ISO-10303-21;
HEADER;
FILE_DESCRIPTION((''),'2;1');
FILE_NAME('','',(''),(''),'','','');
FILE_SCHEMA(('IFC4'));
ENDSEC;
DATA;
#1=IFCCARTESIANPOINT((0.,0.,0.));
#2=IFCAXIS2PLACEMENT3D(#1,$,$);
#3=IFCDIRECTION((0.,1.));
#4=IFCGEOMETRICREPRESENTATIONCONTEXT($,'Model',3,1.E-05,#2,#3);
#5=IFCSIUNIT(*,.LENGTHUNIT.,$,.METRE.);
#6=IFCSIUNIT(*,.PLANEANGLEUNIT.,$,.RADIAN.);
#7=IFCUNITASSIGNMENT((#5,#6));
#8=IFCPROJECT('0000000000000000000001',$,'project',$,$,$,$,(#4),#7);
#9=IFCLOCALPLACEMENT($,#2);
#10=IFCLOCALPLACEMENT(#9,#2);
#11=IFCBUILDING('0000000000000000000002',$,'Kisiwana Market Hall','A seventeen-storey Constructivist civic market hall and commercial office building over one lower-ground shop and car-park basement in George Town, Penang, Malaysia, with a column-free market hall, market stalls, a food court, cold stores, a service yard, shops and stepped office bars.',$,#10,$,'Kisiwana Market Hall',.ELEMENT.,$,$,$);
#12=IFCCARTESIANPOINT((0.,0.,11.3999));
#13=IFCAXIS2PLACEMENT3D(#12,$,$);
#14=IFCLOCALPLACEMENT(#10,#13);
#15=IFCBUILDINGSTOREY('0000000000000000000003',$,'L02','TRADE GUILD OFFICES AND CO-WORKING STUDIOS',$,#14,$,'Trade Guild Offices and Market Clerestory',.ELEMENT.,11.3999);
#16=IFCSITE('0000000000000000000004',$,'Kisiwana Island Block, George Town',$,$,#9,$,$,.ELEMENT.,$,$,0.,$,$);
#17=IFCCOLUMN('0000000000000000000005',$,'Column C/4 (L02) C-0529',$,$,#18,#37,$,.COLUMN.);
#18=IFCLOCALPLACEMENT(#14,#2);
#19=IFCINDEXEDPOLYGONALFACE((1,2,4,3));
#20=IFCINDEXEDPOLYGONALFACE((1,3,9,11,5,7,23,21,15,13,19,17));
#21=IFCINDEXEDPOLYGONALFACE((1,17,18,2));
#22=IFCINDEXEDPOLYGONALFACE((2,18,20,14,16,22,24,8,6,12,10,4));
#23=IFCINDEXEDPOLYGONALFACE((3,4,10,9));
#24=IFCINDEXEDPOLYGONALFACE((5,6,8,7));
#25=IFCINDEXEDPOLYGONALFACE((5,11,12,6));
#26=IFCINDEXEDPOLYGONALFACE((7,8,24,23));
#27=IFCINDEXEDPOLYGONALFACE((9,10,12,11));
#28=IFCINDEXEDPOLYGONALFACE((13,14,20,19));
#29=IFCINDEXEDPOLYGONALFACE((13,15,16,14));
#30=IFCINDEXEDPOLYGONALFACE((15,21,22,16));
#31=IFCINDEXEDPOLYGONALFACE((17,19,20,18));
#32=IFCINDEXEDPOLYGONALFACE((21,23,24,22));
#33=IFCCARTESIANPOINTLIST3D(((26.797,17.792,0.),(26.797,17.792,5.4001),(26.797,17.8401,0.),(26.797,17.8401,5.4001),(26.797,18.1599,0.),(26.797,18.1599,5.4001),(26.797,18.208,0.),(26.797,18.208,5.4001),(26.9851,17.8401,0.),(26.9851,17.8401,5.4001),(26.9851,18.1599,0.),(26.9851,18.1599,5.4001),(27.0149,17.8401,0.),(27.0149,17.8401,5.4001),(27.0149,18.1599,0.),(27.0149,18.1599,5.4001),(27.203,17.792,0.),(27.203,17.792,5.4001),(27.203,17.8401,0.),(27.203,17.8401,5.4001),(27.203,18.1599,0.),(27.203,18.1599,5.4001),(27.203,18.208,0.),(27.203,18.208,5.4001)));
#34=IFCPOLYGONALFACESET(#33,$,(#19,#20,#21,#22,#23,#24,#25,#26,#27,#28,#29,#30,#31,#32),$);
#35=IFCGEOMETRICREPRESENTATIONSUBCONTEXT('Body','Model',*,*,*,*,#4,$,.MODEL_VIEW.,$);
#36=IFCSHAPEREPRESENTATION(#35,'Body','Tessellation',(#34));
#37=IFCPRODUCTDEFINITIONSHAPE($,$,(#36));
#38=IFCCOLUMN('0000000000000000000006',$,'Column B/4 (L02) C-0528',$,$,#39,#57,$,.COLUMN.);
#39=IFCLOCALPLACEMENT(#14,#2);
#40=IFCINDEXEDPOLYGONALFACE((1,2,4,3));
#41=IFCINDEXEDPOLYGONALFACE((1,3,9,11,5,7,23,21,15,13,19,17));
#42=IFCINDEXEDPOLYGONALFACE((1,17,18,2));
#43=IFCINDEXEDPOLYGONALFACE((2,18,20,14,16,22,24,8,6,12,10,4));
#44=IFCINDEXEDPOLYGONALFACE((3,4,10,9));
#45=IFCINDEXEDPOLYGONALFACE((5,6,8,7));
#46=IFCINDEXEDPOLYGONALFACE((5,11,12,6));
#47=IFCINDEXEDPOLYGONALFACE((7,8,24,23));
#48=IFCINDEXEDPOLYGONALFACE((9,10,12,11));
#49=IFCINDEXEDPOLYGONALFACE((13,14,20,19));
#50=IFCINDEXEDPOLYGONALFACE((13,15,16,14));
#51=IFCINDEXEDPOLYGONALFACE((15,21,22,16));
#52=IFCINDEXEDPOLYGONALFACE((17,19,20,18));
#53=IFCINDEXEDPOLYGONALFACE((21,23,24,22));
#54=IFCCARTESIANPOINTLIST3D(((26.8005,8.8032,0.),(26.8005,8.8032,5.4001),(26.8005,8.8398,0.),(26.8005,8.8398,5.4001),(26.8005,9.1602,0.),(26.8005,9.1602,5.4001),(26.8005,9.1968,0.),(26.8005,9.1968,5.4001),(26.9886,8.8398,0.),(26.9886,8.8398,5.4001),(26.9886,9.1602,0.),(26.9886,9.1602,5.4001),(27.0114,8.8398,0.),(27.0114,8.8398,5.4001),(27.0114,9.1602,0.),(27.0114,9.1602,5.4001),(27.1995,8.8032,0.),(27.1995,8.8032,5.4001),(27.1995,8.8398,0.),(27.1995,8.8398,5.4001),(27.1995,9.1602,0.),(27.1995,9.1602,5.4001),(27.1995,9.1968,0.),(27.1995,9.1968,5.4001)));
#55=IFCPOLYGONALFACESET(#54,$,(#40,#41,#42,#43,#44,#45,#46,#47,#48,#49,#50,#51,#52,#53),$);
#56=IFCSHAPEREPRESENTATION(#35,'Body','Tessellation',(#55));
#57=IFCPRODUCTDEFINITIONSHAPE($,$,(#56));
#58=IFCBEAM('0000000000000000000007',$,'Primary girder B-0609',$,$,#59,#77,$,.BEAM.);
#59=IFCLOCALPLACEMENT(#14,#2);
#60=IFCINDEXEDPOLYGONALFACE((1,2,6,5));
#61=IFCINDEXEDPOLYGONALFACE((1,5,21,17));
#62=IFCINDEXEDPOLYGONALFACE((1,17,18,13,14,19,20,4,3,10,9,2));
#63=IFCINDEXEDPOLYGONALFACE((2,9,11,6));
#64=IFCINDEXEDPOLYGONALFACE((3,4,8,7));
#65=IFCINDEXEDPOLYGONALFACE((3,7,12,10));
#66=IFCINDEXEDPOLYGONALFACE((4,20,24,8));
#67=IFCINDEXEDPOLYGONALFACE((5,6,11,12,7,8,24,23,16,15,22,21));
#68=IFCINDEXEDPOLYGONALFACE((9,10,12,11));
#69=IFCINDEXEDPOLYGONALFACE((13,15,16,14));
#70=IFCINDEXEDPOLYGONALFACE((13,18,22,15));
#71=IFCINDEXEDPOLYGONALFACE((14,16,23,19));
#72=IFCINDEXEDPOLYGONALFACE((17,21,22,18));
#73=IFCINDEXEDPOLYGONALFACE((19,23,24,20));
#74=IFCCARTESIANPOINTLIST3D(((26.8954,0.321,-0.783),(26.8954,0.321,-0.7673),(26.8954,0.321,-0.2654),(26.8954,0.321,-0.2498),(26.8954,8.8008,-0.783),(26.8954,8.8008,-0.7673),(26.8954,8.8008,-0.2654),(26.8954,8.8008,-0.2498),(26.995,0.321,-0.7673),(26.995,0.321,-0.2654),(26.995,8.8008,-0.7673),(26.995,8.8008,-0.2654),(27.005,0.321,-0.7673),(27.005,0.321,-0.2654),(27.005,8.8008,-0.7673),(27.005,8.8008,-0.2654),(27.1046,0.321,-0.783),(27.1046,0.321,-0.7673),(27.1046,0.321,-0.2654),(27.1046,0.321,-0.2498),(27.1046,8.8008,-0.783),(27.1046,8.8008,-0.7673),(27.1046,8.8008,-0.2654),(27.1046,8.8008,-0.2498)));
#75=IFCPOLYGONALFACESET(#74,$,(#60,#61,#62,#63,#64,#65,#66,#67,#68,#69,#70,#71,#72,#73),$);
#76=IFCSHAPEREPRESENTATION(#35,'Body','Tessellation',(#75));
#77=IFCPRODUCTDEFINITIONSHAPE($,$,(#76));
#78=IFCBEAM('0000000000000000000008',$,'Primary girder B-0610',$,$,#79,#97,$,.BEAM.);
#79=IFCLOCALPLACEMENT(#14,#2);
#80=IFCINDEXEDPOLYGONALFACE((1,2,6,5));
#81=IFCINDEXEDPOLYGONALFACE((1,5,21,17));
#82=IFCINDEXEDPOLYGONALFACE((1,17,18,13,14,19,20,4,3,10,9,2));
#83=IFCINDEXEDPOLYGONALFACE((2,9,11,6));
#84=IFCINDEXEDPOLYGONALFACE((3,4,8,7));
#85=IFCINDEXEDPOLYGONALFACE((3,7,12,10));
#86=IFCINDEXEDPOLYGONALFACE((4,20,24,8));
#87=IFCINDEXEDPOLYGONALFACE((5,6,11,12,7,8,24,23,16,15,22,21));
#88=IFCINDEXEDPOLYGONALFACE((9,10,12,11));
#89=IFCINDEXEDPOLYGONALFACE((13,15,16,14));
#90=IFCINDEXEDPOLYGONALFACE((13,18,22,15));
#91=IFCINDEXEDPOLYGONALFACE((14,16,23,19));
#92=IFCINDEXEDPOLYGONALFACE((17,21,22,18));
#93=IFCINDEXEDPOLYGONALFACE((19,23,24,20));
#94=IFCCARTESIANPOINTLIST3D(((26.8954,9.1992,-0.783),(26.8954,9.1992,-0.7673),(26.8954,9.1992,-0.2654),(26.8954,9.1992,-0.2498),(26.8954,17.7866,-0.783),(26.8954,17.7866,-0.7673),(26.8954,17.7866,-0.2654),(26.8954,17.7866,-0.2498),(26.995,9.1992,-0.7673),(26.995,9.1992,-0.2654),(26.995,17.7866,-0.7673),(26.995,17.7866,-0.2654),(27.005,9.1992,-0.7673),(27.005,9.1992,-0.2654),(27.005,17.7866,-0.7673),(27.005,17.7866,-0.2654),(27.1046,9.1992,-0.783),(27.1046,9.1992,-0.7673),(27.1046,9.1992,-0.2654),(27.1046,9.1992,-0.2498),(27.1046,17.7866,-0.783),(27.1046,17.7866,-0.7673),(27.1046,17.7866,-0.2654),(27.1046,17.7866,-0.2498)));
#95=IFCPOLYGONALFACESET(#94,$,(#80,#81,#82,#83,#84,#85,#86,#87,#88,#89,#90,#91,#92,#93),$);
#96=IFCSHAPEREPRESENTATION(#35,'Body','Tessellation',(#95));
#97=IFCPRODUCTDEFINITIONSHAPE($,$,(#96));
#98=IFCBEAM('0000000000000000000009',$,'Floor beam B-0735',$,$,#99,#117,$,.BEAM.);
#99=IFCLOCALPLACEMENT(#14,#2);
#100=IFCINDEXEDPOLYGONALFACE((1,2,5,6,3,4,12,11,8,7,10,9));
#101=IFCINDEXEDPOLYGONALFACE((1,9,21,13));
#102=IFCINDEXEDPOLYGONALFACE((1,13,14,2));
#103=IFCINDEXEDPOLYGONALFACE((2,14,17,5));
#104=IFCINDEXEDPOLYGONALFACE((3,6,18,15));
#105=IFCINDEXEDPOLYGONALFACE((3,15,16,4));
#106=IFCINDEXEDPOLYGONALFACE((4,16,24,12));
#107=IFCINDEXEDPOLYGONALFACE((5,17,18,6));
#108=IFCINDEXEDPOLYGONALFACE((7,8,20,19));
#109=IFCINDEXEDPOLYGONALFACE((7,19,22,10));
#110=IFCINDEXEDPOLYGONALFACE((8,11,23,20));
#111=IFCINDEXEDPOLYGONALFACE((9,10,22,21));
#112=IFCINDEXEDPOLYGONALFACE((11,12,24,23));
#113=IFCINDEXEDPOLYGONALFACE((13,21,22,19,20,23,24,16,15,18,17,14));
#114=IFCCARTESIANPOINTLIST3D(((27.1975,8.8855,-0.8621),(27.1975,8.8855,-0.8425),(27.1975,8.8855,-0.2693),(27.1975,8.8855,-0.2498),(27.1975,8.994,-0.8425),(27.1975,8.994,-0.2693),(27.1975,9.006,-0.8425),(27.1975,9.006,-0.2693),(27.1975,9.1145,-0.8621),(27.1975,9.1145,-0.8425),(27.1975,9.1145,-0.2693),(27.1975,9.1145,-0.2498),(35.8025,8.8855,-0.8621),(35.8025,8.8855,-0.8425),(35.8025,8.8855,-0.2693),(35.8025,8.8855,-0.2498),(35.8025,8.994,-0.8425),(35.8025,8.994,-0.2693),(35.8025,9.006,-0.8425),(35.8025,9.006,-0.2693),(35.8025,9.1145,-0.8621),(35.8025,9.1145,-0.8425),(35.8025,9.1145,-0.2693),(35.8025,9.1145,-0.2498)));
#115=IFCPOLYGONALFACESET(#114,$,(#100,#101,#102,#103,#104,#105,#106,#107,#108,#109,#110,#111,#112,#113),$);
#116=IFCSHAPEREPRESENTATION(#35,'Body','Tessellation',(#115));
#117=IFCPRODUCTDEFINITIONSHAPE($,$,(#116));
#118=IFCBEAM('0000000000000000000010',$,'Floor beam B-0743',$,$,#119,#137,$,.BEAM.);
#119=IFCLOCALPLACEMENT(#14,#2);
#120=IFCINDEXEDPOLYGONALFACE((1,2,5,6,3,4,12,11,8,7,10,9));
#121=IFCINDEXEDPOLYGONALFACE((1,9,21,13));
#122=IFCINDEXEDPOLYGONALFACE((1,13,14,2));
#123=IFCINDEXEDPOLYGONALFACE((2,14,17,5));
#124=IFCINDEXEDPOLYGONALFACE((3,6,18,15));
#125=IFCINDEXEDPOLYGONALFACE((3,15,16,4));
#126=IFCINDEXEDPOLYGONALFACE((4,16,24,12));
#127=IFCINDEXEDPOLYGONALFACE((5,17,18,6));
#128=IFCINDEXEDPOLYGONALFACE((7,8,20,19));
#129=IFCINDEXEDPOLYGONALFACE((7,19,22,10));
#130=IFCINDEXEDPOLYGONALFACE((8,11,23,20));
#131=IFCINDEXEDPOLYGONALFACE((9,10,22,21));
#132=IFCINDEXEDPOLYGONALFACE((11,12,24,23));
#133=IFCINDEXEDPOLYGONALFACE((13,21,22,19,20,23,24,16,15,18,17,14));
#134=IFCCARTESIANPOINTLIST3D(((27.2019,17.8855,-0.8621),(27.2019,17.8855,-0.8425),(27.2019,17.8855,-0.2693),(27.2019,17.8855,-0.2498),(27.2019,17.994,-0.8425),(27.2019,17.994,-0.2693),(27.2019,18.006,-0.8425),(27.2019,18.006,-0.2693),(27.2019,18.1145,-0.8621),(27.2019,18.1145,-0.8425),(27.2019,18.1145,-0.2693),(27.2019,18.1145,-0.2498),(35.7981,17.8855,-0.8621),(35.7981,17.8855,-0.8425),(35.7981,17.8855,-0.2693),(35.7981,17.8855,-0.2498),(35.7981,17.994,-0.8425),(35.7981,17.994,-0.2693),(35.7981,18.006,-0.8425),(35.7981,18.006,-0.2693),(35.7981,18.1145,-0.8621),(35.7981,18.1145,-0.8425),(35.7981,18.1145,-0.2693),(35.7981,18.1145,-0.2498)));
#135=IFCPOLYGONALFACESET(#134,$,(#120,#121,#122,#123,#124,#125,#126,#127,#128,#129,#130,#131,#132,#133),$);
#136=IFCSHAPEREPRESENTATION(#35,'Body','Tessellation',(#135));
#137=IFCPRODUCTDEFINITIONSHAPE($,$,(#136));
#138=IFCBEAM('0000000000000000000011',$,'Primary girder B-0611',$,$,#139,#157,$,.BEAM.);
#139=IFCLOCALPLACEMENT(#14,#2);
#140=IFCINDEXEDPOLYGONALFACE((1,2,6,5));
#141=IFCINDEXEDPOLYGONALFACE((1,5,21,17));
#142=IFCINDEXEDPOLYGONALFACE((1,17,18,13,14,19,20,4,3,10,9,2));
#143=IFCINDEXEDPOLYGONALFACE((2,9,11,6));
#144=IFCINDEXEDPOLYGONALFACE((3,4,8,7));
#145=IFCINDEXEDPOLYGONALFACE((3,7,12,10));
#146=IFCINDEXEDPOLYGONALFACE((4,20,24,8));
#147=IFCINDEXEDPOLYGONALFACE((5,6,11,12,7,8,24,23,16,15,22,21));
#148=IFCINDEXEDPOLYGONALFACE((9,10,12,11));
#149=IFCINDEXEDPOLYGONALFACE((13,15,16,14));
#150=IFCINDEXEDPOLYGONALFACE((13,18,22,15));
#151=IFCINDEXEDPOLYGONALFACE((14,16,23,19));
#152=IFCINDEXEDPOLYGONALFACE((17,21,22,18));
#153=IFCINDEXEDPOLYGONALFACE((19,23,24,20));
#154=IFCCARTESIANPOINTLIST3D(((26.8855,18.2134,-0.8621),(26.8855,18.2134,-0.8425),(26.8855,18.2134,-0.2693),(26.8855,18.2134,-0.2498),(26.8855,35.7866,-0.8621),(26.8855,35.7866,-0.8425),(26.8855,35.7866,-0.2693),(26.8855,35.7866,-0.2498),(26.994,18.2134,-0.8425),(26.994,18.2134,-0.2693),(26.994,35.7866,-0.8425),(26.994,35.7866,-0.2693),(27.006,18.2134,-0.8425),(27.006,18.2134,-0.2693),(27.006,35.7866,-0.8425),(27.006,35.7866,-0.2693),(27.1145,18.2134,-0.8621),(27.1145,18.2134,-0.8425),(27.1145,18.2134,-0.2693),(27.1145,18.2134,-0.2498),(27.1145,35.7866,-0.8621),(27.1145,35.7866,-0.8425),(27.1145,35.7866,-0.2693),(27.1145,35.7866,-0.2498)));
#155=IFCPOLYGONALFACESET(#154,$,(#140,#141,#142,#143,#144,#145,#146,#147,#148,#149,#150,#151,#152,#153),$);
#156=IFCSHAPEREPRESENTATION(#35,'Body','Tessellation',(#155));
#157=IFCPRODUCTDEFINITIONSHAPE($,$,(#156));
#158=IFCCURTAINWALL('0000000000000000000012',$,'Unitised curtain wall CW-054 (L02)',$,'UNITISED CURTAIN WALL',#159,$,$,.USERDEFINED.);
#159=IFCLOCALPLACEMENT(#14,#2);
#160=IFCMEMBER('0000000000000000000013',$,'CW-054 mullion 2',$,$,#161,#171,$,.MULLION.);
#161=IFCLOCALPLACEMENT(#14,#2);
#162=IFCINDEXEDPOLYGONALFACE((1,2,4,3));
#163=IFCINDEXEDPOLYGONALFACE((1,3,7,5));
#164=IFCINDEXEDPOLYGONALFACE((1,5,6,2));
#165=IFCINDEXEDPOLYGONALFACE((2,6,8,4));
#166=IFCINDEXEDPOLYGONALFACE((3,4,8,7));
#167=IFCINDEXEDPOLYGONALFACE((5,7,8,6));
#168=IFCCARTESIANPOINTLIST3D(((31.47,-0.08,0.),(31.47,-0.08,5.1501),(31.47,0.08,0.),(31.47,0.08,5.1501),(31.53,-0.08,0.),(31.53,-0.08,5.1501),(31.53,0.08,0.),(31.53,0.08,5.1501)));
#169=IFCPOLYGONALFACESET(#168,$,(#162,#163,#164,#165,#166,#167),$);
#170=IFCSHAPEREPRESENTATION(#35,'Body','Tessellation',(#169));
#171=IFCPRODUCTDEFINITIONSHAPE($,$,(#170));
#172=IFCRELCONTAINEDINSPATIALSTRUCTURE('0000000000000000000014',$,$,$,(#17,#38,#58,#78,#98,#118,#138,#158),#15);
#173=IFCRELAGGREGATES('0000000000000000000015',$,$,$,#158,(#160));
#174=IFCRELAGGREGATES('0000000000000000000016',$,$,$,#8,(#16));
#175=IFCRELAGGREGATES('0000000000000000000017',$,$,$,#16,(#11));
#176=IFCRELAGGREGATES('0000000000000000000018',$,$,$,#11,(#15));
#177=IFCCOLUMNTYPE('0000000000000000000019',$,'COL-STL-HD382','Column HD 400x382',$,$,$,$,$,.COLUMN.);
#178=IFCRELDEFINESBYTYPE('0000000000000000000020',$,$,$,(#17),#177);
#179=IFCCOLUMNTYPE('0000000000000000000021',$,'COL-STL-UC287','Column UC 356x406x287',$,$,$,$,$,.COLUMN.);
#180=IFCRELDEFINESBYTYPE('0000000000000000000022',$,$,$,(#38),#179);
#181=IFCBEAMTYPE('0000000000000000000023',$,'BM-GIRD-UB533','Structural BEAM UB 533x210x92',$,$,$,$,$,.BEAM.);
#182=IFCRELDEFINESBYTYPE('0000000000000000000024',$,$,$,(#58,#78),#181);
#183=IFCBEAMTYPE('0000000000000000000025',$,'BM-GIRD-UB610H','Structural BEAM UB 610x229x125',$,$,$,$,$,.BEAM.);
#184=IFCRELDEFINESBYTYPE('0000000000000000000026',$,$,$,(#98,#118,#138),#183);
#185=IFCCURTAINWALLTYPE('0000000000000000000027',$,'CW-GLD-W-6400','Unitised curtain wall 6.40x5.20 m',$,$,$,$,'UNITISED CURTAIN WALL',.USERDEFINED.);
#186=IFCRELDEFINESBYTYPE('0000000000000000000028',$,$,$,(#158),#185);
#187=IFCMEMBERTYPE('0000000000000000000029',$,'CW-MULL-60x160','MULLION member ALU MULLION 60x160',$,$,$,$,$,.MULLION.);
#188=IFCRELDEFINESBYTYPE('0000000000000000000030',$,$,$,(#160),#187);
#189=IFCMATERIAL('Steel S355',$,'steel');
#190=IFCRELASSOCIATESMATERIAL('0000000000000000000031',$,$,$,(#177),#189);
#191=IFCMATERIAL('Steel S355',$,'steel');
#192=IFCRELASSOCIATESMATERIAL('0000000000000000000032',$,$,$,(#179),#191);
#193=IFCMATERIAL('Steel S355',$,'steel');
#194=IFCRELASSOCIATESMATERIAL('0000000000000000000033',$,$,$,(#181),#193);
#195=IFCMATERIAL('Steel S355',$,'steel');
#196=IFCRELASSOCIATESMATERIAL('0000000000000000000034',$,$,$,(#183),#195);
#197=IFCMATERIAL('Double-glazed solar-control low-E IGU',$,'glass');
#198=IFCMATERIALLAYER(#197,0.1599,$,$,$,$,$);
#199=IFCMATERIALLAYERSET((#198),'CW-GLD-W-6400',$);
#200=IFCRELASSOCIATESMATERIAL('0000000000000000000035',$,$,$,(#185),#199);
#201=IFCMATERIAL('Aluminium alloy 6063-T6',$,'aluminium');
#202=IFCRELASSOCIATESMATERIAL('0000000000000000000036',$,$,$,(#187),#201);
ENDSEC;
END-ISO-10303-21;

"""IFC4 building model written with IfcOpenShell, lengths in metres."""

from ifc_helpers import new_model, si_unit, direction, frame, origin, origin_2d, place, context, subcontext, project, spatial, rectangle, i_section, extrude, material, layer, layer_set, material_profile, profile_set, type_object, element, aggregate, save


model = new_model("IFC4")

# Units and contexts
model_context = context("Model", 3, precision=1e-05, world=origin(), true_north=direction((0.0, 1.0)))
body_context = subcontext(model_context, "Body", "Model", "MODEL_VIEW")
ifc_project = project(units=[si_unit("LENGTHUNIT", "METRE"), si_unit("PLANEANGLEUNIT", "RADIAN")], contexts=[model_context])

# Site, building, storey
site_placement = place(None, origin())
site = spatial("IfcSite", under=ifc_project, at=site_placement, Name="Kisiwana Island Block, George Town", CompositionType="ELEMENT", RefElevation=0.0)
building_placement = place(site_placement, origin())
building = spatial("IfcBuilding", under=site, at=building_placement, Name="Kisiwana Market Hall", Description="A seventeen-storey Constructivist civic market hall and commercial office building over one lower-ground shop and car-park basement in George Town, Penang, Malaysia, with a column-free market hall, market stalls, a food court, cold stores, a service yard, shops and stepped office bars.", LongName="Kisiwana Market Hall", CompositionType="ELEMENT")
storey_placement = place(building_placement, frame((0.0, 0.0, 11.3999)))
storey = spatial("IfcBuildingStorey", under=building, at=storey_placement, Name="L02", Description="TRADE GUILD OFFICES AND CO-WORKING STUDIOS", LongName="Trade Guild Offices and Market Clerestory", CompositionType="ELEMENT", Elevation=11.3999)

# Columns
ifc_material_1 = material(Name="Steel S355", Category="steel")
ifc_material_profile_1 = material_profile(ifc_material_1, i_section(OverallWidth=0.406, OverallDepth=0.416, WebThickness=0.0298, FlangeThickness=0.0481, at=origin_2d()), Name="HD 400x382")
ifc_profile_set_1 = profile_set([ifc_material_profile_1], Name="Steel S355")
column_type_1 = type_object("IfcColumnType", Name="COL-STL-HD382", Description="Column HD 400x382", PredefinedType="COLUMN", material=ifc_profile_set_1)
column_1_placement = place(storey_placement, frame((27.0, 18.0, 0.0), z_axis=(0.0, 0.0, 1.0), x_axis=(1.0, 0.0, 0.0)))
element("IfcColumn", 1, at=column_1_placement, inside=storey, type_object=column_type_1, Name="Column C/4 (L02) C-0529", PredefinedType="COLUMN", context=body_context, shape_type="SweptSolid", body=[
    extrude(i_section(OverallWidth=0.406, OverallDepth=0.416, WebThickness=0.0298, FlangeThickness=0.0481, at=origin_2d()), origin(), (0.0, 0.0, 1.0), 5.4001),
])
ifc_material_2 = material(Name="Steel S355", Category="steel")
ifc_material_profile_2 = material_profile(ifc_material_2, i_section(OverallWidth=0.3989, OverallDepth=0.3936, WebThickness=0.0227, FlangeThickness=0.0366, at=origin_2d()), Name="UC 356x406x287")
ifc_profile_set_2 = profile_set([ifc_material_profile_2], Name="Steel S355")
column_type_2 = type_object("IfcColumnType", Name="COL-STL-UC287", Description="Column UC 356x406x287", PredefinedType="COLUMN", material=ifc_profile_set_2)
column_2_placement = place(storey_placement, frame((27.0, 9.0, 0.0), z_axis=(0.0, 0.0, 1.0), x_axis=(1.0, 0.0, 0.0)))
element("IfcColumn", 2, at=column_2_placement, inside=storey, type_object=column_type_2, Name="Column B/4 (L02) C-0528", PredefinedType="COLUMN", context=body_context, shape_type="SweptSolid", body=[
    extrude(i_section(OverallWidth=0.3989, OverallDepth=0.3936, WebThickness=0.0227, FlangeThickness=0.0366, at=origin_2d()), origin(), (0.0, 0.0, 1.0), 5.4001),
])

# Beams
ifc_material_3 = material(Name="Steel S355", Category="steel")
ifc_material_profile_3 = material_profile(ifc_material_3, i_section(OverallWidth=0.2092, OverallDepth=0.5332, WebThickness=0.01, FlangeThickness=0.0156, at=origin_2d()), Name="UB 533x210x92")
ifc_profile_set_3 = profile_set([ifc_material_profile_3], Name="Steel S355")
beam_type_1 = type_object("IfcBeamType", Name="BM-GIRD-UB533", Description="Structural BEAM UB 533x210x92", PredefinedType="BEAM", material=ifc_profile_set_3)
beam_1_placement = place(storey_placement, frame((27.0, 0.321, -0.5164), z_axis=(0.0, 1.0, 0.0), x_axis=(-1.0, 0.0, 0.0)))
element("IfcBeam", 3, at=beam_1_placement, inside=storey, type_object=beam_type_1, Name="Primary girder B-0609", PredefinedType="BEAM", context=body_context, shape_type="SweptSolid", body=[
    extrude(i_section(OverallWidth=0.2092, OverallDepth=0.5332, WebThickness=0.01, FlangeThickness=0.0156, at=origin_2d()), origin(), (0.0, 0.0, 1.0), 8.4797),
])
beam_2_placement = place(storey_placement, frame((27.0, 9.1992, -0.5164), z_axis=(0.0, 1.0, 0.0), x_axis=(-1.0, 0.0, 0.0)))
element("IfcBeam", 4, at=beam_2_placement, inside=storey, type_object=beam_type_1, Name="Primary girder B-0610", PredefinedType="BEAM", context=body_context, shape_type="SweptSolid", body=[
    extrude(i_section(OverallWidth=0.2092, OverallDepth=0.5332, WebThickness=0.01, FlangeThickness=0.0156, at=origin_2d()), origin(), (0.0, 0.0, 1.0), 8.5874),
])
ifc_material_4 = material(Name="Steel S355", Category="steel")
ifc_material_profile_4 = material_profile(ifc_material_4, i_section(OverallWidth=0.229, OverallDepth=0.6123, WebThickness=0.012, FlangeThickness=0.0195, at=origin_2d()), Name="UB 610x229x125")
ifc_profile_set_4 = profile_set([ifc_material_profile_4], Name="Steel S355")
beam_type_2 = type_object("IfcBeamType", Name="BM-GIRD-UB610H", Description="Structural BEAM UB 610x229x125", PredefinedType="BEAM", material=ifc_profile_set_4)
beam_3_placement = place(storey_placement, frame((27.1975, 9.0, -0.5559), z_axis=(1.0, 0.0, 0.0), x_axis=(0.0, 1.0, 0.0)))
element("IfcBeam", 5, at=beam_3_placement, inside=storey, type_object=beam_type_2, Name="Floor beam B-0735", PredefinedType="BEAM", context=body_context, shape_type="SweptSolid", body=[
    extrude(i_section(OverallWidth=0.229, OverallDepth=0.6123, WebThickness=0.012, FlangeThickness=0.0195, at=origin_2d()), origin(), (0.0, 0.0, 1.0), 8.605),
])
beam_4_placement = place(storey_placement, frame((27.2019, 18.0, -0.5559), z_axis=(1.0, 0.0, 0.0), x_axis=(0.0, 1.0, 0.0)))
element("IfcBeam", 6, at=beam_4_placement, inside=storey, type_object=beam_type_2, Name="Floor beam B-0743", PredefinedType="BEAM", context=body_context, shape_type="SweptSolid", body=[
    extrude(i_section(OverallWidth=0.229, OverallDepth=0.6123, WebThickness=0.012, FlangeThickness=0.0195, at=origin_2d()), origin(), (0.0, 0.0, 1.0), 8.5962),
])
beam_5_placement = place(storey_placement, frame((27.0, 18.2134, -0.5559), z_axis=(0.0, 1.0, 0.0), x_axis=(-1.0, 0.0, 0.0)))
element("IfcBeam", 7, at=beam_5_placement, inside=storey, type_object=beam_type_2, Name="Primary girder B-0611", PredefinedType="BEAM", context=body_context, shape_type="SweptSolid", body=[
    extrude(i_section(OverallWidth=0.229, OverallDepth=0.6123, WebThickness=0.012, FlangeThickness=0.0195, at=origin_2d()), origin(), (0.0, 0.0, 1.0), 17.5732),
])

# Curtain wall, member
ifc_material_5 = material(Name="Double-glazed solar-control low-E IGU", Category="glass")
ifc_layer_1 = layer(ifc_material_5, 0.1599)
ifc_layer_set_1 = layer_set([ifc_layer_1], Name="CW-GLD-W-6400")
curtain_wall_type = type_object("IfcCurtainWallType", Name="CW-GLD-W-6400", Description="Unitised curtain wall 6.40x5.20 m", ElementType="UNITISED CURTAIN WALL", PredefinedType="USERDEFINED", material=ifc_layer_set_1)
curtain_wall_placement = place(storey_placement, origin())
curtain_wall = element("IfcCurtainWall", 8, at=curtain_wall_placement, inside=storey, type_object=curtain_wall_type, Name="Unitised curtain wall CW-054 (L02)", ObjectType="UNITISED CURTAIN WALL", PredefinedType="USERDEFINED")
ifc_material_6 = material(Name="Aluminium alloy 6063-T6", Category="aluminium")
ifc_material_profile_5 = material_profile(ifc_material_6, rectangle(XDim=0.0601, YDim=0.1599, at=origin_2d()), Name="ALU MULLION 60x160")
ifc_profile_set_5 = profile_set([ifc_material_profile_5], Name="Aluminium alloy 6063-T6")
member_type_1 = type_object("IfcMemberType", Name="CW-MULL-60x160", Description="MULLION member ALU MULLION 60x160", PredefinedType="MULLION", material=ifc_profile_set_5)
member_1_placement = place(storey_placement, frame((31.5, 0.0, 0.0), z_axis=(0.0, 0.0, 1.0), x_axis=(1.0, 0.0, 0.0)))
member_1 = element("IfcMember", 9, at=member_1_placement, type_object=member_type_1, Name="CW-054 mullion 2", PredefinedType="MULLION", context=body_context, shape_type="SweptSolid", body=[
    extrude(rectangle(XDim=0.0601, YDim=0.1599, at=origin_2d()), origin(), (0.0, 0.0, 1.0), 5.1501),
])
aggregate(curtain_wall, [member_1])

save(model, "model.ifc")
